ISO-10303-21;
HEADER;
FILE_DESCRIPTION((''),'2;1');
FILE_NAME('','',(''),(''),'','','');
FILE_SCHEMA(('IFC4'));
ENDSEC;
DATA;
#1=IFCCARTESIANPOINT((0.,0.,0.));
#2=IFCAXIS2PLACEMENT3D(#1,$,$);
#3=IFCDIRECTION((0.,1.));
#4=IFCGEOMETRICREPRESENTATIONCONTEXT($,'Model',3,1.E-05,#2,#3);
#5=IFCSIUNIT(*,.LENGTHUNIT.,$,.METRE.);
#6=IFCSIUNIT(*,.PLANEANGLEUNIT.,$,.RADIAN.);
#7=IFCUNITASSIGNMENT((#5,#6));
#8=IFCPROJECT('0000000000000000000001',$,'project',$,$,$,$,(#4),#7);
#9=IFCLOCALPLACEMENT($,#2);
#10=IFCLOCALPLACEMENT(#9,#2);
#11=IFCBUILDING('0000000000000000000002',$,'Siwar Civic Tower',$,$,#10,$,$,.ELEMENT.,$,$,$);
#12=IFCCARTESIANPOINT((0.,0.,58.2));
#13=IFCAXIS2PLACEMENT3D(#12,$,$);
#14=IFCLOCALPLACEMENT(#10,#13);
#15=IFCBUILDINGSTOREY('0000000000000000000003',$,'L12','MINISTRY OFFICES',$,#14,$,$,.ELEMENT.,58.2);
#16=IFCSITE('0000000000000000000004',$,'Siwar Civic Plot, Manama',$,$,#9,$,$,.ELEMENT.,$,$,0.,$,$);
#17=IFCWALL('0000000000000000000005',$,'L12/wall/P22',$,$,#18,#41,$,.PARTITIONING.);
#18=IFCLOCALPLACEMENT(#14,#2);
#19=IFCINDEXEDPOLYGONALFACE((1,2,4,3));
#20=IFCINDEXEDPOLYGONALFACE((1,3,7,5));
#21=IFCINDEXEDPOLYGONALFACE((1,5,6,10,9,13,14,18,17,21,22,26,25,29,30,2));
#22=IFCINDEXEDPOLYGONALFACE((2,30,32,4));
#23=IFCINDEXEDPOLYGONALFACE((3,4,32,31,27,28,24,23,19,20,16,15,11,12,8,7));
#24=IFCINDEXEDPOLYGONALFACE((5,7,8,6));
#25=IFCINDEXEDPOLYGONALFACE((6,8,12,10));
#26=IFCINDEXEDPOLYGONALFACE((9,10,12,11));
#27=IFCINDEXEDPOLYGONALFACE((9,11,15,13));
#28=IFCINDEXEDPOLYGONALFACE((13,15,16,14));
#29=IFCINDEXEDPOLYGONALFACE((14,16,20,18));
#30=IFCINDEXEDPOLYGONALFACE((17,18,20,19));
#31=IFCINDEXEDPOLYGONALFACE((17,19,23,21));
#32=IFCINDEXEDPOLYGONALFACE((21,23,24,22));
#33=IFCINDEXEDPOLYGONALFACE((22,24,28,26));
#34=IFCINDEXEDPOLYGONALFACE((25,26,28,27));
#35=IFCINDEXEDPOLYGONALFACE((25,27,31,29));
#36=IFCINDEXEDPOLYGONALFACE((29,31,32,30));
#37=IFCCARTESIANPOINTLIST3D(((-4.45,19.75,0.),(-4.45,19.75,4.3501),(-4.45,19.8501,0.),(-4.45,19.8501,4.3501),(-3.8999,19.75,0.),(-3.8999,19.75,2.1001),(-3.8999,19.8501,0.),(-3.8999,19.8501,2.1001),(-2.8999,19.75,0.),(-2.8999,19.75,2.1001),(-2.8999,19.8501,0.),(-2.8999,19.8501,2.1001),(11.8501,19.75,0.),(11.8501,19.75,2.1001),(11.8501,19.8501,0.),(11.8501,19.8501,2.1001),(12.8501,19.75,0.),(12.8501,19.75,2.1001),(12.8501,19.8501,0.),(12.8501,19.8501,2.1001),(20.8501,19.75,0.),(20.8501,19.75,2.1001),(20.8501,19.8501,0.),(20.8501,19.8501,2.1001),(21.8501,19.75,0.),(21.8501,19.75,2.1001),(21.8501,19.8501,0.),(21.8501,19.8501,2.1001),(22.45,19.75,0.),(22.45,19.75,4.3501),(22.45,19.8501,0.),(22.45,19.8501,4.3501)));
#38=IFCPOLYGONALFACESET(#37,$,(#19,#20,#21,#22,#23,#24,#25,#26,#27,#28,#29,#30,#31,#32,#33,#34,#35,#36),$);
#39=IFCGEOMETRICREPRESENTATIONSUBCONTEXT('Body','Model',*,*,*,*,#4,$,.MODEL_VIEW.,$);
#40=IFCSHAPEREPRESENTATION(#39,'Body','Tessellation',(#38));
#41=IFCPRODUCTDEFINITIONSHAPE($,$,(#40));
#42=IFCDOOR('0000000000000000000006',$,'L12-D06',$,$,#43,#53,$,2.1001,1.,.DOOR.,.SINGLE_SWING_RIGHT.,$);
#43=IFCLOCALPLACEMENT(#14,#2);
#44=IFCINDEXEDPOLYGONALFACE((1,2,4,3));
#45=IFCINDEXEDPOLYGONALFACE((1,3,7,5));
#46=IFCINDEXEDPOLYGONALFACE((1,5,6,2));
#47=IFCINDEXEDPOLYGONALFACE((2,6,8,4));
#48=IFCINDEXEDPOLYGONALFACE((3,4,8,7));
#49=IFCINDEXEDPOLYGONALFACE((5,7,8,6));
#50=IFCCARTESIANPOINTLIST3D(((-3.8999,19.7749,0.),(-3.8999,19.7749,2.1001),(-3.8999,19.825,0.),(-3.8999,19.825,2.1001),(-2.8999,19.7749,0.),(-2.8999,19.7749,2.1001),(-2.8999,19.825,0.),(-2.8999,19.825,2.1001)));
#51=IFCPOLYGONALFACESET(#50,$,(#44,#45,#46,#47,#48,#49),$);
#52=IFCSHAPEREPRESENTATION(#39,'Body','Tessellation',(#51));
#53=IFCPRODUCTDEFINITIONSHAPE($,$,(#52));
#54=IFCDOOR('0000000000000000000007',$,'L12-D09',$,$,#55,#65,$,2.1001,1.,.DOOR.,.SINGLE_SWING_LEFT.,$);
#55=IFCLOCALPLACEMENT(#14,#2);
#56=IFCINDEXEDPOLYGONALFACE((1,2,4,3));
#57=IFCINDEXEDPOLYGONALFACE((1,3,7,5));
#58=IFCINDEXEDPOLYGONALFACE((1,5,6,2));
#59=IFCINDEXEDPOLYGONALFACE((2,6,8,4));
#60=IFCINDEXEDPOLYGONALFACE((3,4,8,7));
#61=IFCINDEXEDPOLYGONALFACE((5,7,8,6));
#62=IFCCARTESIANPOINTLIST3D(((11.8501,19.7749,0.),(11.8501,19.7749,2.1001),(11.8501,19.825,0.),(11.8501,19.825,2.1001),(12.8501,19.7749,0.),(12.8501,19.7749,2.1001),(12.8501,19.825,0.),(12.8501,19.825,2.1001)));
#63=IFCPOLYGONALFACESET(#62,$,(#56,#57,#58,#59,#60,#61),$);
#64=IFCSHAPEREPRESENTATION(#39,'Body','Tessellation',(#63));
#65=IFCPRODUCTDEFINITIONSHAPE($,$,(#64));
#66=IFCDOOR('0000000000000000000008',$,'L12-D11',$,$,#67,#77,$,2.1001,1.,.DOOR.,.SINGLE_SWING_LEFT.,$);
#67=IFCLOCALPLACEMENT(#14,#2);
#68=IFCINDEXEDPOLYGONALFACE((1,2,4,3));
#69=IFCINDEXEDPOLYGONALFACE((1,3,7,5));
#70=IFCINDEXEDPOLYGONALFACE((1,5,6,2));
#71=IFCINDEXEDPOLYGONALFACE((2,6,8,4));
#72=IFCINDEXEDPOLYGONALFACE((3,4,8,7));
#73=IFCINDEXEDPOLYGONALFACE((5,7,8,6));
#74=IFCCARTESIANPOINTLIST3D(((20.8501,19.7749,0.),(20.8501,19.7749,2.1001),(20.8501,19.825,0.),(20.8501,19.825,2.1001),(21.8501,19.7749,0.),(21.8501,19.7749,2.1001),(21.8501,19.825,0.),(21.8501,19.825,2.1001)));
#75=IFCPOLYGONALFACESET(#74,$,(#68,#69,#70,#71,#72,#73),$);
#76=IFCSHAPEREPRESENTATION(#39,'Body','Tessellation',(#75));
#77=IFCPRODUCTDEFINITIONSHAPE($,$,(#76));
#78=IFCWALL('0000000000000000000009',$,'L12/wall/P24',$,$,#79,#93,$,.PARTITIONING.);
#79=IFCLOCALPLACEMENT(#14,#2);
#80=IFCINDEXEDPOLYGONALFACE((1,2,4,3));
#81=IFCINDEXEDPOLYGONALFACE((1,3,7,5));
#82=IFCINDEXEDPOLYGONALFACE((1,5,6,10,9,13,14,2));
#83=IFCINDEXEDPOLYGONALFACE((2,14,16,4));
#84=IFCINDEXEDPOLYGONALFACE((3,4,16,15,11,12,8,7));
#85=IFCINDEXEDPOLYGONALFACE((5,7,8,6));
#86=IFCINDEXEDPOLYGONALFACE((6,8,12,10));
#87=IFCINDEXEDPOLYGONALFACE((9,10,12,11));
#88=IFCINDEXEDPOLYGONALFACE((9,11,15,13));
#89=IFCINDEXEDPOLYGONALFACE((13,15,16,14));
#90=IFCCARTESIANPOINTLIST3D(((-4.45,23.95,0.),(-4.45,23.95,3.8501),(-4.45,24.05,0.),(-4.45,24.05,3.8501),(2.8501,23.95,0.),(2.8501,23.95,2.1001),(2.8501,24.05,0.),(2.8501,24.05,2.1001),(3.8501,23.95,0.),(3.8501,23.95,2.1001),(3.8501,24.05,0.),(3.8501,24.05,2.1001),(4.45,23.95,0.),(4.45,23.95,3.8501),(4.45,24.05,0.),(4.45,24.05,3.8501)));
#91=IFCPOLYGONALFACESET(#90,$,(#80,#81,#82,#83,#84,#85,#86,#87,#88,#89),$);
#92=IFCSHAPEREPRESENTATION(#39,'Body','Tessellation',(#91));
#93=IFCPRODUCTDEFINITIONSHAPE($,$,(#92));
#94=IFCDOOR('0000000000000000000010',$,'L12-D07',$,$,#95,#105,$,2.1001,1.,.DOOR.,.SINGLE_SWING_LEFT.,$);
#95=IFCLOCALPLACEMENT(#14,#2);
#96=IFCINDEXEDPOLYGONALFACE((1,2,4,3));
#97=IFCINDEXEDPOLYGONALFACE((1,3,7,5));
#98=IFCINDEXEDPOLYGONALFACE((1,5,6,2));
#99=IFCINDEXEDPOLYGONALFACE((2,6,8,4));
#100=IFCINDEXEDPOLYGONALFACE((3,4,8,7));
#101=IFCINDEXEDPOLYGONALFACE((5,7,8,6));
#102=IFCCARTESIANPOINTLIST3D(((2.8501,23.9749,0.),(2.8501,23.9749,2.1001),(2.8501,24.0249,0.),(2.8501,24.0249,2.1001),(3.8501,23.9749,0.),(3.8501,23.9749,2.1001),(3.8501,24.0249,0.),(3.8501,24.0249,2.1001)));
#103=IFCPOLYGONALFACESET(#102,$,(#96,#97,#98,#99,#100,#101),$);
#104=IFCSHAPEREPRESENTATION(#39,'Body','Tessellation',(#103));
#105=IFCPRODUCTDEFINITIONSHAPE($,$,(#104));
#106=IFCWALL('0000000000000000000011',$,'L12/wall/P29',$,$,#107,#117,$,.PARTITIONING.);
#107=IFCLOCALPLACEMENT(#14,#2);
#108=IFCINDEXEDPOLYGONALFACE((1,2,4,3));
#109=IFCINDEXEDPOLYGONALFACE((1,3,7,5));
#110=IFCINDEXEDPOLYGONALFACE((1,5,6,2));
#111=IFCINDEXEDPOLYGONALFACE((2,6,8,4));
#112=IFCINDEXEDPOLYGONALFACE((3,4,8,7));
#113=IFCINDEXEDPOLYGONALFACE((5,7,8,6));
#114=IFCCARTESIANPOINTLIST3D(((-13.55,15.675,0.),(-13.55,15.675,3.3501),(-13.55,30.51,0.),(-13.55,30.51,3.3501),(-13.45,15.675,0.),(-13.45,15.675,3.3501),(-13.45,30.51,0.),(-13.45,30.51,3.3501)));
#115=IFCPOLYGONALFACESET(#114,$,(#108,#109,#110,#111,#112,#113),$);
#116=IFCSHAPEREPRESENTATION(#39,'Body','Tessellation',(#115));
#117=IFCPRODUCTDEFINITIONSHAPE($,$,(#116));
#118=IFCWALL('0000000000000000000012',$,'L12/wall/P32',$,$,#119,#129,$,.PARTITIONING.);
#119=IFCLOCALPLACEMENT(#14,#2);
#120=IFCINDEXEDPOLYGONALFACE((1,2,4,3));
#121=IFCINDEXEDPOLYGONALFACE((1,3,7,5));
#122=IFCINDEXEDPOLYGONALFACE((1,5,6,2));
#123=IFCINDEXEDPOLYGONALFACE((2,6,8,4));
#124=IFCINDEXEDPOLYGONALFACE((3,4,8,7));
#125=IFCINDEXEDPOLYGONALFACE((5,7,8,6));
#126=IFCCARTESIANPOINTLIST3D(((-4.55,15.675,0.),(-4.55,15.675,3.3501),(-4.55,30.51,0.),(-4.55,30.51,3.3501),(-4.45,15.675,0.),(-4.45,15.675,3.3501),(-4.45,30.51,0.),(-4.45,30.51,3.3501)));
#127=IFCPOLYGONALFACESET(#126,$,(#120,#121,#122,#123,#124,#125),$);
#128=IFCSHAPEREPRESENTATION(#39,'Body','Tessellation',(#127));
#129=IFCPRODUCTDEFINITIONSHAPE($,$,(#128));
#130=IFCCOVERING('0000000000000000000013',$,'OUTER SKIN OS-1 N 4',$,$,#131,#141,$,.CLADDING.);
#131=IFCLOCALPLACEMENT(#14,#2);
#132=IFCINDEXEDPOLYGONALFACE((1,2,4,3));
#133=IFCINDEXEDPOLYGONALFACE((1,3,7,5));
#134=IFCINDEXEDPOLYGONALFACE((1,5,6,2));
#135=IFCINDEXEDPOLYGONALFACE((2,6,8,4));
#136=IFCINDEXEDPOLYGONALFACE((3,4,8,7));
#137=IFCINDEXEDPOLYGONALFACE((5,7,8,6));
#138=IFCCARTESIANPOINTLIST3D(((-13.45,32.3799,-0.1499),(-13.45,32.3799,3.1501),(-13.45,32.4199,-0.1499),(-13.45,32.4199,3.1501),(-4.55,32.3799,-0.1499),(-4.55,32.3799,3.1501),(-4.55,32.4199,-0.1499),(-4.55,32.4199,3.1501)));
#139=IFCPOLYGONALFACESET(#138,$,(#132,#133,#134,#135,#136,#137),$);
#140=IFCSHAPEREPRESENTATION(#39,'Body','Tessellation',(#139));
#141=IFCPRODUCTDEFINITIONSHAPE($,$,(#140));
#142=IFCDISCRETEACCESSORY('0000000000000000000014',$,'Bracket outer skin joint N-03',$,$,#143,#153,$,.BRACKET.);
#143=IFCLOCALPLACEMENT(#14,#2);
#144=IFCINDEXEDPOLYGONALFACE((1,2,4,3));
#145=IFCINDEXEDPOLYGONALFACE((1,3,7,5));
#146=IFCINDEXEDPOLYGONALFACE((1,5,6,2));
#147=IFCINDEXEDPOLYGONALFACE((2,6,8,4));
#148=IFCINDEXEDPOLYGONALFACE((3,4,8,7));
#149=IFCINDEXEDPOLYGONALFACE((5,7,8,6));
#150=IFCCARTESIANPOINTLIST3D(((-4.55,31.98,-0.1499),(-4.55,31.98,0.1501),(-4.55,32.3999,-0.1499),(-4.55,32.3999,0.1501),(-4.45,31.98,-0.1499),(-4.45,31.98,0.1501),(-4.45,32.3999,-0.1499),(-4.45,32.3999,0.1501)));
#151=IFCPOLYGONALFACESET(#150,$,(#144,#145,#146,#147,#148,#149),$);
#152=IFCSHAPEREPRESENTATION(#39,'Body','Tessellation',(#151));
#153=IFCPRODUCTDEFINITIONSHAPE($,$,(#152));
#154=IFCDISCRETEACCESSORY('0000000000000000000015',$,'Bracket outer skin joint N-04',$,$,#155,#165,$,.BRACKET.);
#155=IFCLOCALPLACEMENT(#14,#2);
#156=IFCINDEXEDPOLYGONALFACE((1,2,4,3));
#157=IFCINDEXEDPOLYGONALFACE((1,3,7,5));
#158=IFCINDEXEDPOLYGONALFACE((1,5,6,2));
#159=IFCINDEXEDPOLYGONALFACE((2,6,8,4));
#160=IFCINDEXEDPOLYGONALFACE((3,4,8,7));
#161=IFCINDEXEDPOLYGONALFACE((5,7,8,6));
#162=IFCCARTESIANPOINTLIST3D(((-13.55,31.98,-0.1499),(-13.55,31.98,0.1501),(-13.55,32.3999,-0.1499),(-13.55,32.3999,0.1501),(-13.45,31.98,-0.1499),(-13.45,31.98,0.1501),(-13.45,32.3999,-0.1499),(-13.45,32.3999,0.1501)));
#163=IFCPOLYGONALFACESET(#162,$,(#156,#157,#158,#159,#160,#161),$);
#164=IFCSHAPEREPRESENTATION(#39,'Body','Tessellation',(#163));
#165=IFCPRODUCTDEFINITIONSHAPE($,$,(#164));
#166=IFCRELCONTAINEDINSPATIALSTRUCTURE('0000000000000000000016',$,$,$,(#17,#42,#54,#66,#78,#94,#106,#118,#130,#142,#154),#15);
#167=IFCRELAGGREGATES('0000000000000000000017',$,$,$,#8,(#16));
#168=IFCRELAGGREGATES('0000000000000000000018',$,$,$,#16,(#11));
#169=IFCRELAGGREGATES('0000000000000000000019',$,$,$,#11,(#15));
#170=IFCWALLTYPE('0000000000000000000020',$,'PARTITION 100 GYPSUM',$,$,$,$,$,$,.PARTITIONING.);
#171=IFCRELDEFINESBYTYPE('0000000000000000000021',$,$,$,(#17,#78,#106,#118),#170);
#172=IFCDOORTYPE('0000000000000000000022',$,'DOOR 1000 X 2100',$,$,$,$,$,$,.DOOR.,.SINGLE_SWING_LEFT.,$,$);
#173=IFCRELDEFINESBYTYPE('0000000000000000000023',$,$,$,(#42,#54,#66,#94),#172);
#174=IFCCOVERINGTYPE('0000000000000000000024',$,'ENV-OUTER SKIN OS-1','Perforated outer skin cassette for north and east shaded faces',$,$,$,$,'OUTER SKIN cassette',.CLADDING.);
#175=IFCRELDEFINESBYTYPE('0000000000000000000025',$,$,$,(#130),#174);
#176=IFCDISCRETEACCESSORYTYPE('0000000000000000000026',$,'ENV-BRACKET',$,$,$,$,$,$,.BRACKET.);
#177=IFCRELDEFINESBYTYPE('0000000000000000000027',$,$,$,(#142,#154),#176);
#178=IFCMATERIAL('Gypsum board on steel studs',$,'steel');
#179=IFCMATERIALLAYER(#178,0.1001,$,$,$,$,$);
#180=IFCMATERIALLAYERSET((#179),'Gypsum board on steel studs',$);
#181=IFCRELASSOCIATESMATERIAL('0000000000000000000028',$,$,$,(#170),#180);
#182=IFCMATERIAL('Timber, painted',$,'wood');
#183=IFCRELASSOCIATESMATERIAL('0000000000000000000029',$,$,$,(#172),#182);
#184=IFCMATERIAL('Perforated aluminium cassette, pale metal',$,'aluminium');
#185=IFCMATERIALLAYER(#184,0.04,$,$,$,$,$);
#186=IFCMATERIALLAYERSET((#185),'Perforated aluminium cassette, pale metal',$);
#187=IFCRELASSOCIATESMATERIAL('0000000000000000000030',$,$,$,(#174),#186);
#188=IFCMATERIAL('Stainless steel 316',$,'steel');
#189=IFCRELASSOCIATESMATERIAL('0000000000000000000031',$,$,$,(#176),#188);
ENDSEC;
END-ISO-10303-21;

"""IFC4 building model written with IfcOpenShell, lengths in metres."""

from ifc_helpers import new_model, si_unit, direction, frame, frame_2d, origin, origin_2d, place, context, subcontext, project, spatial, rectangle, extrude, material, layer, layer_set, type_object, element, fill, save


model = new_model("IFC4")

# Units and contexts
model_context = context("Model", 3, precision=1e-05, world=origin(), true_north=direction((0.0, 1.0)))
body_context = subcontext(model_context, "Body", "Model", "MODEL_VIEW")
ifc_project = project(units=[si_unit("LENGTHUNIT", "METRE"), si_unit("PLANEANGLEUNIT", "RADIAN")], contexts=[model_context])

# Site, building, storey
site_placement = place(None, origin())
site = spatial("IfcSite", under=ifc_project, at=site_placement, Name="Siwar Civic Plot, Manama", CompositionType="ELEMENT", RefElevation=0.0)
building_placement = place(site_placement, origin())
building = spatial("IfcBuilding", under=site, at=building_placement, Name="Siwar Civic Tower", CompositionType="ELEMENT")
storey_placement = place(building_placement, frame((0.0, 0.0, 58.2)))
storey = spatial("IfcBuildingStorey", under=building, at=storey_placement, Name="L12", Description="MINISTRY OFFICES", CompositionType="ELEMENT", Elevation=58.2)

# Wall, openings, doors
ifc_material_1 = material(Name="Gypsum board on steel studs", Category="steel")
ifc_layer_1 = layer(ifc_material_1, 0.1001)
ifc_layer_set_1 = layer_set([ifc_layer_1], Name="Gypsum board on steel studs")
wall_type_1 = type_object("IfcWallType", Name="PARTITION 100 GYPSUM", PredefinedType="PARTITIONING", material=ifc_layer_set_1)
wall_1_placement = place(storey_placement, frame((-4.45, 19.8, 0.0), z_axis=(0.0, 0.0, 1.0), x_axis=(1.0, 0.0, 0.0)))
wall_1 = element("IfcWall", 1, at=wall_1_placement, inside=storey, type_object=wall_type_1, Name="L12/wall/P22", PredefinedType="PARTITIONING", context=body_context, shape_type="SweptSolid", body=[
    extrude(rectangle(XDim=26.8999, YDim=0.1001, at=frame_2d((13.45, 0.0))), origin(), (0.0, 0.0, 1.0), 4.3501),
])
opening_1_placement = place(wall_1_placement, frame((0.55, 0.0, 0.0)))
opening_1 = element("IfcOpeningElement", 2, at=opening_1_placement, cuts=wall_1, PredefinedType="OPENING", context=body_context, shape_type="SweptSolid", body=[
    extrude(rectangle(XDim=1.0, YDim=2.1001, at=frame_2d((0.5, 1.05))), frame((0.0, 0.0601, 0.0), z_axis=(0.0, -1.0, 0.0), x_axis=(1.0, 0.0, 0.0)), (0.0, 0.0, 1.0), 0.1201),
])
opening_2_placement = place(wall_1_placement, frame((16.3, 0.0, 0.0)))
opening_2 = element("IfcOpeningElement", 3, at=opening_2_placement, cuts=wall_1, PredefinedType="OPENING", context=body_context, shape_type="SweptSolid", body=[
    extrude(rectangle(XDim=1.0, YDim=2.1001, at=frame_2d((0.5, 1.05))), frame((0.0, 0.0601, 0.0), z_axis=(0.0, -1.0, 0.0), x_axis=(1.0, 0.0, 0.0)), (0.0, 0.0, 1.0), 0.1201),
])
opening_3_placement = place(wall_1_placement, frame((25.3, 0.0, 0.0)))
opening_3 = element("IfcOpeningElement", 4, at=opening_3_placement, cuts=wall_1, PredefinedType="OPENING", context=body_context, shape_type="SweptSolid", body=[
    extrude(rectangle(XDim=1.0, YDim=2.1001, at=frame_2d((0.5, 1.05))), frame((0.0, 0.0601, 0.0), z_axis=(0.0, -1.0, 0.0), x_axis=(1.0, 0.0, 0.0)), (0.0, 0.0, 1.0), 0.1201),
])
ifc_material_2 = material(Name="Timber, painted", Category="wood")
door_type_1 = type_object("IfcDoorType", Name="DOOR 1000 X 2100", OperationType="SINGLE_SWING_LEFT", PredefinedType="DOOR", material=ifc_material_2)
door_1_placement = place(opening_1_placement, origin())
door_1 = element("IfcDoor", 5, at=door_1_placement, inside=storey, type_object=door_type_1, Name="L12-D06", OperationType="SINGLE_SWING_RIGHT", OverallHeight=2.1001, OverallWidth=1.0, PredefinedType="DOOR", context=body_context, shape_type="SweptSolid", body=[
    extrude(rectangle(XDim=1.0, YDim=2.1001, at=frame_2d((0.5, 1.05))), frame((0.0, 0.0249, 0.0), z_axis=(0.0, -1.0, 0.0), x_axis=(1.0, 0.0, 0.0)), (0.0, 0.0, 1.0), 0.05),
])
fill(opening_1, door_1)
door_2_placement = place(opening_2_placement, origin())
door_2 = element("IfcDoor", 6, at=door_2_placement, inside=storey, type_object=door_type_1, Name="L12-D09", OperationType="SINGLE_SWING_LEFT", OverallHeight=2.1001, OverallWidth=1.0, PredefinedType="DOOR", context=body_context, shape_type="SweptSolid", body=[
    extrude(rectangle(XDim=1.0, YDim=2.1001, at=frame_2d((0.5, 1.05))), frame((0.0, 0.0249, 0.0), z_axis=(0.0, -1.0, 0.0), x_axis=(1.0, 0.0, 0.0)), (0.0, 0.0, 1.0), 0.05),
])
fill(opening_2, door_2)
door_3_placement = place(opening_3_placement, origin())
door_3 = element("IfcDoor", 7, at=door_3_placement, inside=storey, type_object=door_type_1, Name="L12-D11", OperationType="SINGLE_SWING_LEFT", OverallHeight=2.1001, OverallWidth=1.0, PredefinedType="DOOR", context=body_context, shape_type="SweptSolid", body=[
    extrude(rectangle(XDim=1.0, YDim=2.1001, at=frame_2d((0.5, 1.05))), frame((0.0, 0.0249, 0.0), z_axis=(0.0, -1.0, 0.0), x_axis=(1.0, 0.0, 0.0)), (0.0, 0.0, 1.0), 0.05),
])
fill(opening_3, door_3)

# Wall, opening, door
wall_2_placement = place(storey_placement, frame((-4.45, 24.0, 0.0), z_axis=(0.0, 0.0, 1.0), x_axis=(1.0, 0.0, 0.0)))
wall_2 = element("IfcWall", 8, at=wall_2_placement, inside=storey, type_object=wall_type_1, Name="L12/wall/P24", PredefinedType="PARTITIONING", context=body_context, shape_type="SweptSolid", body=[
    extrude(rectangle(XDim=8.8999, YDim=0.1001, at=frame_2d((4.45, 0.0))), origin(), (0.0, 0.0, 1.0), 3.8501),
])
opening_4_placement = place(wall_2_placement, frame((7.3, 0.0, 0.0)))
opening_4 = element("IfcOpeningElement", 9, at=opening_4_placement, cuts=wall_2, PredefinedType="OPENING", context=body_context, shape_type="SweptSolid", body=[
    extrude(rectangle(XDim=1.0, YDim=2.1001, at=frame_2d((0.5, 1.05))), frame((0.0, 0.0601, 0.0), z_axis=(0.0, -1.0, 0.0), x_axis=(1.0, 0.0, 0.0)), (0.0, 0.0, 1.0), 0.1201),
])
door_4_placement = place(opening_4_placement, origin())
door_4 = element("IfcDoor", 10, at=door_4_placement, inside=storey, type_object=door_type_1, Name="L12-D07", OperationType="SINGLE_SWING_LEFT", OverallHeight=2.1001, OverallWidth=1.0, PredefinedType="DOOR", context=body_context, shape_type="SweptSolid", body=[
    extrude(rectangle(XDim=1.0, YDim=2.1001, at=frame_2d((0.5, 1.05))), frame((0.0, 0.0249, 0.0), z_axis=(0.0, -1.0, 0.0), x_axis=(1.0, 0.0, 0.0)), (0.0, 0.0, 1.0), 0.05),
])
fill(opening_4, door_4)

# Walls
for number, where, z_axis, x_axis, name in (
    (11, (-13.5, 15.675, 0.0), (0.0, 0.0, 1.0), (0.0, 1.0, 0.0), "L12/wall/P29"),
    (12, (-4.5, 15.675, 0.0), (0.0, 0.0, 1.0), (0.0, 1.0, 0.0), "L12/wall/P32"),
):
    element("IfcWall", number, at=place(storey_placement, frame(where, z_axis=z_axis, x_axis=x_axis)), inside=storey, type_object=wall_type_1, Name=name, PredefinedType="PARTITIONING", context=body_context, shape_type="SweptSolid", body=[
        extrude(rectangle(XDim=14.835, YDim=0.1001, at=frame_2d((7.4175, 0.0))), origin(), (0.0, 0.0, 1.0), 3.3501),
    ])

# Covering
ifc_material_3 = material(Name="Perforated aluminium cassette, pale metal", Category="aluminium")
ifc_layer_2 = layer(ifc_material_3, 0.04)
ifc_layer_set_2 = layer_set([ifc_layer_2], Name="Perforated aluminium cassette, pale metal")
covering_type = type_object("IfcCoveringType", Name="ENV-OUTER SKIN OS-1", Description="Perforated outer skin cassette for north and east shaded faces", ElementType="OUTER SKIN cassette", PredefinedType="CLADDING", material=ifc_layer_set_2)
covering_placement = place(storey_placement, frame((-9.0, 32.3999, -0.1499), z_axis=(0.0, 0.0, 1.0), x_axis=(-1.0, 0.0, 0.0)))
element("IfcCovering", 13, at=covering_placement, inside=storey, type_object=covering_type, Name="OUTER SKIN OS-1 N 4", PredefinedType="CLADDING", context=body_context, shape_type="SweptSolid", body=[
    extrude(rectangle(XDim=8.8999, YDim=0.04, at=origin_2d()), origin(), (0.0, 0.0, 1.0), 3.3),
])

# Discrete accessories
ifc_material_4 = material(Name="Stainless steel 316", Category="steel")
discrete_accessory_type = type_object("IfcDiscreteAccessoryType", Name="ENV-BRACKET", PredefinedType="BRACKET", material=ifc_material_4)
for number, where, z_axis, x_axis, name in (
    (14, (-4.5, 32.1899, -0.1499), (0.0, 0.0, 1.0), (0.0, 1.0, 0.0), "Bracket outer skin joint N-03"),
    (15, (-13.5, 32.1899, -0.1499), (0.0, 0.0, 1.0), (0.0, 1.0, 0.0), "Bracket outer skin joint N-04"),
):
    element("IfcDiscreteAccessory", number, at=place(storey_placement, frame(where, z_axis=z_axis, x_axis=x_axis)), inside=storey, type_object=discrete_accessory_type, Name=name, PredefinedType="BRACKET", context=body_context, shape_type="SweptSolid", body=[
        extrude(rectangle(XDim=0.4199, YDim=0.1001, at=origin_2d()), origin(), (0.0, 0.0, 1.0), 0.3),
    ])

save(model, "model.ifc")
